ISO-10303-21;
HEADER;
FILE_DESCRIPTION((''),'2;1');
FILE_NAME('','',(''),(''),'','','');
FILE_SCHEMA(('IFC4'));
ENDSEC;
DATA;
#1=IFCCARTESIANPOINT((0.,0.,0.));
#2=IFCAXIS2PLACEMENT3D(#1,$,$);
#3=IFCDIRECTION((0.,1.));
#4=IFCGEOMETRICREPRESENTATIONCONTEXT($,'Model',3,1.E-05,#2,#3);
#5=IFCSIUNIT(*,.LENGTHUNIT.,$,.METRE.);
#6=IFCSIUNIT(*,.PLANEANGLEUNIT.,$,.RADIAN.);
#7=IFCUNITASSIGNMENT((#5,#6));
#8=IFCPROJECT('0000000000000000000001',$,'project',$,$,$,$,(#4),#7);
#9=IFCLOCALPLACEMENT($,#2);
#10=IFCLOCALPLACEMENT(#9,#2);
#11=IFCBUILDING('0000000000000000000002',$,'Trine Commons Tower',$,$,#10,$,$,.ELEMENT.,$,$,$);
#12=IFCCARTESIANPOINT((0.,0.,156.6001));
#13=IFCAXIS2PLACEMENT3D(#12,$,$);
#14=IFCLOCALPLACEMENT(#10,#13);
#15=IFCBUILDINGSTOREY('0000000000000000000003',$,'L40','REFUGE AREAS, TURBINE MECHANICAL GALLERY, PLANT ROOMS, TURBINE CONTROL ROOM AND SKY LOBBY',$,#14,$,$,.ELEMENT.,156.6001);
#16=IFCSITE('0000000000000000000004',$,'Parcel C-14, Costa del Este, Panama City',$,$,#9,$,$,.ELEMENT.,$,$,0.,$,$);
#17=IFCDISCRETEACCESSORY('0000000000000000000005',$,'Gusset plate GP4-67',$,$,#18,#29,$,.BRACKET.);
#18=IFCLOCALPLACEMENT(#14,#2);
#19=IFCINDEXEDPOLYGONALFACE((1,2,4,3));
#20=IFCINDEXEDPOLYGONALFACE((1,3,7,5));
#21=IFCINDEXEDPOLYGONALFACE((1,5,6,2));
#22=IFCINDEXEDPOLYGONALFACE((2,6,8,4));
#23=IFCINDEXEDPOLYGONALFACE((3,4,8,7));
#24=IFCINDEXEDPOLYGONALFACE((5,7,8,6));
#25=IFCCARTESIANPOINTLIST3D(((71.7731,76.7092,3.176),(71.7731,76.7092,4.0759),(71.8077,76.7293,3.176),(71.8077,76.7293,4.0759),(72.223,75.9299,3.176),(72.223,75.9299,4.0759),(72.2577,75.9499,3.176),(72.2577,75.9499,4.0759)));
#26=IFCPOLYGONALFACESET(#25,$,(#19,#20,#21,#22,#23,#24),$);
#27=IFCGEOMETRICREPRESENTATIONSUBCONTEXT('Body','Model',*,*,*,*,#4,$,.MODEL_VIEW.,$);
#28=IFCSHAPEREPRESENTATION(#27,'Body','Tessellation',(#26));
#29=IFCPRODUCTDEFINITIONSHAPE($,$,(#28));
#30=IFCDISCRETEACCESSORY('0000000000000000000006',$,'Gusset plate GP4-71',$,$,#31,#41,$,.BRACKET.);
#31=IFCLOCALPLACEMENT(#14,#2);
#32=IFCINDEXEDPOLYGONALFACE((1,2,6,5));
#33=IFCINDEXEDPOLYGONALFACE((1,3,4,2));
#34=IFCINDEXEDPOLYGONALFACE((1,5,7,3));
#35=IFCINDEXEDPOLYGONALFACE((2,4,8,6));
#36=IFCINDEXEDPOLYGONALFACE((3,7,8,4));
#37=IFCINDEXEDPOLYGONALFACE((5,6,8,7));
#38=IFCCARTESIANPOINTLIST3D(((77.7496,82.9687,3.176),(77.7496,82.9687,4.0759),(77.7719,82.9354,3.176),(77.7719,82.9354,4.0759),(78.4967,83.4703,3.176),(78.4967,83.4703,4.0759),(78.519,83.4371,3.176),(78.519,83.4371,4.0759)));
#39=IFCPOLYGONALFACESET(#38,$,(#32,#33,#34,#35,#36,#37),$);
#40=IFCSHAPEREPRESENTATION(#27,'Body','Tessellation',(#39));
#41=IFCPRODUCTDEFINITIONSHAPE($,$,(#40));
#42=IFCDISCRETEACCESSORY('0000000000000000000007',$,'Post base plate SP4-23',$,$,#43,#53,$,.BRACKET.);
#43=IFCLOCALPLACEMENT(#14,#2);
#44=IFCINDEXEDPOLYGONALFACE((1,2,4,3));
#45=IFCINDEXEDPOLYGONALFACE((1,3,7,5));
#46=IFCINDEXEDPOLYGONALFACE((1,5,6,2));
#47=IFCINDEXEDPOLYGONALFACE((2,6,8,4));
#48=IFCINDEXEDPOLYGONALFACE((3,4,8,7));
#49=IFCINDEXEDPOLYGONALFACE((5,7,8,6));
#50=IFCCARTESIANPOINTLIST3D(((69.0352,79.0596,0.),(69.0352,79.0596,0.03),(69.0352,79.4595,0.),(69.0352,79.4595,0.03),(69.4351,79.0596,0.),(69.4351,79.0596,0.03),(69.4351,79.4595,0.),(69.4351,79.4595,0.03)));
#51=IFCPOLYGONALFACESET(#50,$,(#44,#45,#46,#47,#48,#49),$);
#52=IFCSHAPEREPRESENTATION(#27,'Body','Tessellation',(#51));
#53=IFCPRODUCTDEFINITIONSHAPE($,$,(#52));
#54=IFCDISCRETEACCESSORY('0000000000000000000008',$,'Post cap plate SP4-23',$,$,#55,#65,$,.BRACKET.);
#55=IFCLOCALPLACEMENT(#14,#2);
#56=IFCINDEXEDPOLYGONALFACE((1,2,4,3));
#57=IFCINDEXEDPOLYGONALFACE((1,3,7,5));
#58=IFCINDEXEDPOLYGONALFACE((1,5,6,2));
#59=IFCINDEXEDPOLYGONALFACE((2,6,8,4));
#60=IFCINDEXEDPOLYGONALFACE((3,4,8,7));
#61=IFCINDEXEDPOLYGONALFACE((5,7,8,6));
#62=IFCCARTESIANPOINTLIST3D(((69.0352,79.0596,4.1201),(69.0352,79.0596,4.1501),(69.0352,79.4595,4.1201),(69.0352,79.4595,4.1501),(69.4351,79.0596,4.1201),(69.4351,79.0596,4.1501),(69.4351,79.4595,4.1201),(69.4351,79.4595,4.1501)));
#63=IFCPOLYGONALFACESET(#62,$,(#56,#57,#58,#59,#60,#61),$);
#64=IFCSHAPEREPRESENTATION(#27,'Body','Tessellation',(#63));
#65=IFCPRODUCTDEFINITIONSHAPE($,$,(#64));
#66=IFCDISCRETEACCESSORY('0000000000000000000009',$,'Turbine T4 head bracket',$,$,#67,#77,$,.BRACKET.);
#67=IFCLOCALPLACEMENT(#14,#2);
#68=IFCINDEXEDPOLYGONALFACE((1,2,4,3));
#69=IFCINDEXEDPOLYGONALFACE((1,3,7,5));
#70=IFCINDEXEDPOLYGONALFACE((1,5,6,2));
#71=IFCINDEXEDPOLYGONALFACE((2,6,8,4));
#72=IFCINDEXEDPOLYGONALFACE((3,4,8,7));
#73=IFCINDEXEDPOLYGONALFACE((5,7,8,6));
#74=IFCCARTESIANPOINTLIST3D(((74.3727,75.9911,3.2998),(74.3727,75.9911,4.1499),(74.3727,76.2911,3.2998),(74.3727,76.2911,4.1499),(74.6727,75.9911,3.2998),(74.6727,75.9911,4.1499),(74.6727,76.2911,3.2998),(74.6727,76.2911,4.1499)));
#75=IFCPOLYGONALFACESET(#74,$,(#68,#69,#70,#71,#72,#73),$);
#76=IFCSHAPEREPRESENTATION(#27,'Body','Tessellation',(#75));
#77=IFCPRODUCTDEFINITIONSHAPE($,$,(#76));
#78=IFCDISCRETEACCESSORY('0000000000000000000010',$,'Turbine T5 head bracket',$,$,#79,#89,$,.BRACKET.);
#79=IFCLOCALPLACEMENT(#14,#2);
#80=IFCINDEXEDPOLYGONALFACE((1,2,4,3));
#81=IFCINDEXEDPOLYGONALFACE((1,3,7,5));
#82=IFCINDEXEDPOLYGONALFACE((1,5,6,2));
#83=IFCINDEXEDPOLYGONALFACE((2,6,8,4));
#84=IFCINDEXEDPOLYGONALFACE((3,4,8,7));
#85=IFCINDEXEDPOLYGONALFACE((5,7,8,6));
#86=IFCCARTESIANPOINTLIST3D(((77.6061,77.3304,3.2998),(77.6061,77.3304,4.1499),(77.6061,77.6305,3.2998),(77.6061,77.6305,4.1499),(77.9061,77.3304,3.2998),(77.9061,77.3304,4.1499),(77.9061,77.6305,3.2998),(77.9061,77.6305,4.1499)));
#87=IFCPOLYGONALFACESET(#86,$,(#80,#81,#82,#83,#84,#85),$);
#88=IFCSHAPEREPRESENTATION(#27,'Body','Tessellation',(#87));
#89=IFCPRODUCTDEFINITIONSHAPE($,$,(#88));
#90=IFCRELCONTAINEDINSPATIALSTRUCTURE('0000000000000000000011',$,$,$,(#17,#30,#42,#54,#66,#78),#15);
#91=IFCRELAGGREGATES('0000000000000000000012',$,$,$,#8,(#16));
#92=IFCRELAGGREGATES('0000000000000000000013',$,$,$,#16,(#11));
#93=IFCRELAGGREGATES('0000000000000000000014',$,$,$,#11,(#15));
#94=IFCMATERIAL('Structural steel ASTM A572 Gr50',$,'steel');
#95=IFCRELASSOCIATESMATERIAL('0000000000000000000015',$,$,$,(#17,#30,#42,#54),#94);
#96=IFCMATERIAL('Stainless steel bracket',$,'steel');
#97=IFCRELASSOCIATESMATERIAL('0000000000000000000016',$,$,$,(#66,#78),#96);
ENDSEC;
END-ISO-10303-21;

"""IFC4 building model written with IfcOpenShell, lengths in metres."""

from ifc_helpers import new_model, si_unit, direction, frame, origin, origin_2d, place, context, subcontext, project, spatial, rectangle, extrude, material, element, save


model = new_model("IFC4")

# Units and contexts
model_context = context("Model", 3, precision=1e-05, world=origin(), true_north=direction((0.0, 1.0)))
body_context = subcontext(model_context, "Body", "Model", "MODEL_VIEW")
ifc_project = project(units=[si_unit("LENGTHUNIT", "METRE"), si_unit("PLANEANGLEUNIT", "RADIAN")], contexts=[model_context])

# Site, building, storey
site_placement = place(None, origin())
site = spatial("IfcSite", under=ifc_project, at=site_placement, Name="Parcel C-14, Costa del Este, Panama City", CompositionType="ELEMENT", RefElevation=0.0)
building_placement = place(site_placement, origin())
building = spatial("IfcBuilding", under=site, at=building_placement, Name="Trine Commons Tower", CompositionType="ELEMENT")
storey_placement = place(building_placement, frame((0.0, 0.0, 156.6001)))
storey = spatial("IfcBuildingStorey", under=building, at=storey_placement, Name="L40", Description="REFUGE AREAS, TURBINE MECHANICAL GALLERY, PLANT ROOMS, TURBINE CONTROL ROOM AND SKY LOBBY", CompositionType="ELEMENT", Elevation=156.6001)

# Discrete accessories
ifc_material_1 = material(Name="Structural steel ASTM A572 Gr50", Category="steel")
for number, where, z_axis, x_axis, name in (
    (1, (72.0154, 76.3296, 3.176), (0.0, 0.0, 1.0), (-0.5, 0.866025, 0.0), "Gusset plate GP4-67"),
    (2, (78.1343, 83.2029, 3.176), (0.0, 0.0, 1.0), (0.830207, 0.557455, 0.0), "Gusset plate GP4-71"),
):
    element("IfcDiscreteAccessory", number, at=place(storey_placement, frame(where, z_axis=z_axis, x_axis=x_axis)), inside=storey, material=ifc_material_1, Name=name, PredefinedType="BRACKET", context=body_context, shape_type="SweptSolid", body=[
        extrude(rectangle(XDim=0.8999, YDim=0.04, at=origin_2d()), origin(), (0.0, 0.0, 1.0), 0.8999),
    ])
for number, where, z_axis, x_axis, name in (
    (3, (69.2351, 79.2595, 0.0), (0.0, 0.0, 1.0), (1.0, 0.0, 0.0), "Post base plate SP4-23"),
    (4, (69.2351, 79.2595, 4.1201), (0.0, 0.0, 1.0), (1.0, 0.0, 0.0), "Post cap plate SP4-23"),
):
    element("IfcDiscreteAccessory", number, at=place(storey_placement, frame(where, z_axis=z_axis, x_axis=x_axis)), inside=storey, material=ifc_material_1, Name=name, PredefinedType="BRACKET", context=body_context, shape_type="SweptSolid", body=[
        extrude(rectangle(XDim=0.3999, YDim=0.3999, at=origin_2d()), origin(), (0.0, 0.0, 1.0), 0.03),
    ])
ifc_material_2 = material(Name="Stainless steel bracket", Category="steel")
for number, where, z_axis, x_axis, name in (
    (5, (74.5227, 76.1411, 3.2998), (0.0, 0.0, 1.0), (1.0, 0.0, 0.0), "Turbine T4 head bracket"),
    (6, (77.7561, 77.4805, 3.2998), (0.0, 0.0, 1.0), (1.0, 0.0, 0.0), "Turbine T5 head bracket"),
):
    element("IfcDiscreteAccessory", number, at=place(storey_placement, frame(where, z_axis=z_axis, x_axis=x_axis)), inside=storey, material=ifc_material_2, Name=name, PredefinedType="BRACKET", context=body_context, shape_type="SweptSolid", body=[
        extrude(rectangle(XDim=0.3, YDim=0.3, at=origin_2d()), origin(), (0.0, 0.0, 1.0), 0.8501),
    ])

save(model, "model.ifc")
